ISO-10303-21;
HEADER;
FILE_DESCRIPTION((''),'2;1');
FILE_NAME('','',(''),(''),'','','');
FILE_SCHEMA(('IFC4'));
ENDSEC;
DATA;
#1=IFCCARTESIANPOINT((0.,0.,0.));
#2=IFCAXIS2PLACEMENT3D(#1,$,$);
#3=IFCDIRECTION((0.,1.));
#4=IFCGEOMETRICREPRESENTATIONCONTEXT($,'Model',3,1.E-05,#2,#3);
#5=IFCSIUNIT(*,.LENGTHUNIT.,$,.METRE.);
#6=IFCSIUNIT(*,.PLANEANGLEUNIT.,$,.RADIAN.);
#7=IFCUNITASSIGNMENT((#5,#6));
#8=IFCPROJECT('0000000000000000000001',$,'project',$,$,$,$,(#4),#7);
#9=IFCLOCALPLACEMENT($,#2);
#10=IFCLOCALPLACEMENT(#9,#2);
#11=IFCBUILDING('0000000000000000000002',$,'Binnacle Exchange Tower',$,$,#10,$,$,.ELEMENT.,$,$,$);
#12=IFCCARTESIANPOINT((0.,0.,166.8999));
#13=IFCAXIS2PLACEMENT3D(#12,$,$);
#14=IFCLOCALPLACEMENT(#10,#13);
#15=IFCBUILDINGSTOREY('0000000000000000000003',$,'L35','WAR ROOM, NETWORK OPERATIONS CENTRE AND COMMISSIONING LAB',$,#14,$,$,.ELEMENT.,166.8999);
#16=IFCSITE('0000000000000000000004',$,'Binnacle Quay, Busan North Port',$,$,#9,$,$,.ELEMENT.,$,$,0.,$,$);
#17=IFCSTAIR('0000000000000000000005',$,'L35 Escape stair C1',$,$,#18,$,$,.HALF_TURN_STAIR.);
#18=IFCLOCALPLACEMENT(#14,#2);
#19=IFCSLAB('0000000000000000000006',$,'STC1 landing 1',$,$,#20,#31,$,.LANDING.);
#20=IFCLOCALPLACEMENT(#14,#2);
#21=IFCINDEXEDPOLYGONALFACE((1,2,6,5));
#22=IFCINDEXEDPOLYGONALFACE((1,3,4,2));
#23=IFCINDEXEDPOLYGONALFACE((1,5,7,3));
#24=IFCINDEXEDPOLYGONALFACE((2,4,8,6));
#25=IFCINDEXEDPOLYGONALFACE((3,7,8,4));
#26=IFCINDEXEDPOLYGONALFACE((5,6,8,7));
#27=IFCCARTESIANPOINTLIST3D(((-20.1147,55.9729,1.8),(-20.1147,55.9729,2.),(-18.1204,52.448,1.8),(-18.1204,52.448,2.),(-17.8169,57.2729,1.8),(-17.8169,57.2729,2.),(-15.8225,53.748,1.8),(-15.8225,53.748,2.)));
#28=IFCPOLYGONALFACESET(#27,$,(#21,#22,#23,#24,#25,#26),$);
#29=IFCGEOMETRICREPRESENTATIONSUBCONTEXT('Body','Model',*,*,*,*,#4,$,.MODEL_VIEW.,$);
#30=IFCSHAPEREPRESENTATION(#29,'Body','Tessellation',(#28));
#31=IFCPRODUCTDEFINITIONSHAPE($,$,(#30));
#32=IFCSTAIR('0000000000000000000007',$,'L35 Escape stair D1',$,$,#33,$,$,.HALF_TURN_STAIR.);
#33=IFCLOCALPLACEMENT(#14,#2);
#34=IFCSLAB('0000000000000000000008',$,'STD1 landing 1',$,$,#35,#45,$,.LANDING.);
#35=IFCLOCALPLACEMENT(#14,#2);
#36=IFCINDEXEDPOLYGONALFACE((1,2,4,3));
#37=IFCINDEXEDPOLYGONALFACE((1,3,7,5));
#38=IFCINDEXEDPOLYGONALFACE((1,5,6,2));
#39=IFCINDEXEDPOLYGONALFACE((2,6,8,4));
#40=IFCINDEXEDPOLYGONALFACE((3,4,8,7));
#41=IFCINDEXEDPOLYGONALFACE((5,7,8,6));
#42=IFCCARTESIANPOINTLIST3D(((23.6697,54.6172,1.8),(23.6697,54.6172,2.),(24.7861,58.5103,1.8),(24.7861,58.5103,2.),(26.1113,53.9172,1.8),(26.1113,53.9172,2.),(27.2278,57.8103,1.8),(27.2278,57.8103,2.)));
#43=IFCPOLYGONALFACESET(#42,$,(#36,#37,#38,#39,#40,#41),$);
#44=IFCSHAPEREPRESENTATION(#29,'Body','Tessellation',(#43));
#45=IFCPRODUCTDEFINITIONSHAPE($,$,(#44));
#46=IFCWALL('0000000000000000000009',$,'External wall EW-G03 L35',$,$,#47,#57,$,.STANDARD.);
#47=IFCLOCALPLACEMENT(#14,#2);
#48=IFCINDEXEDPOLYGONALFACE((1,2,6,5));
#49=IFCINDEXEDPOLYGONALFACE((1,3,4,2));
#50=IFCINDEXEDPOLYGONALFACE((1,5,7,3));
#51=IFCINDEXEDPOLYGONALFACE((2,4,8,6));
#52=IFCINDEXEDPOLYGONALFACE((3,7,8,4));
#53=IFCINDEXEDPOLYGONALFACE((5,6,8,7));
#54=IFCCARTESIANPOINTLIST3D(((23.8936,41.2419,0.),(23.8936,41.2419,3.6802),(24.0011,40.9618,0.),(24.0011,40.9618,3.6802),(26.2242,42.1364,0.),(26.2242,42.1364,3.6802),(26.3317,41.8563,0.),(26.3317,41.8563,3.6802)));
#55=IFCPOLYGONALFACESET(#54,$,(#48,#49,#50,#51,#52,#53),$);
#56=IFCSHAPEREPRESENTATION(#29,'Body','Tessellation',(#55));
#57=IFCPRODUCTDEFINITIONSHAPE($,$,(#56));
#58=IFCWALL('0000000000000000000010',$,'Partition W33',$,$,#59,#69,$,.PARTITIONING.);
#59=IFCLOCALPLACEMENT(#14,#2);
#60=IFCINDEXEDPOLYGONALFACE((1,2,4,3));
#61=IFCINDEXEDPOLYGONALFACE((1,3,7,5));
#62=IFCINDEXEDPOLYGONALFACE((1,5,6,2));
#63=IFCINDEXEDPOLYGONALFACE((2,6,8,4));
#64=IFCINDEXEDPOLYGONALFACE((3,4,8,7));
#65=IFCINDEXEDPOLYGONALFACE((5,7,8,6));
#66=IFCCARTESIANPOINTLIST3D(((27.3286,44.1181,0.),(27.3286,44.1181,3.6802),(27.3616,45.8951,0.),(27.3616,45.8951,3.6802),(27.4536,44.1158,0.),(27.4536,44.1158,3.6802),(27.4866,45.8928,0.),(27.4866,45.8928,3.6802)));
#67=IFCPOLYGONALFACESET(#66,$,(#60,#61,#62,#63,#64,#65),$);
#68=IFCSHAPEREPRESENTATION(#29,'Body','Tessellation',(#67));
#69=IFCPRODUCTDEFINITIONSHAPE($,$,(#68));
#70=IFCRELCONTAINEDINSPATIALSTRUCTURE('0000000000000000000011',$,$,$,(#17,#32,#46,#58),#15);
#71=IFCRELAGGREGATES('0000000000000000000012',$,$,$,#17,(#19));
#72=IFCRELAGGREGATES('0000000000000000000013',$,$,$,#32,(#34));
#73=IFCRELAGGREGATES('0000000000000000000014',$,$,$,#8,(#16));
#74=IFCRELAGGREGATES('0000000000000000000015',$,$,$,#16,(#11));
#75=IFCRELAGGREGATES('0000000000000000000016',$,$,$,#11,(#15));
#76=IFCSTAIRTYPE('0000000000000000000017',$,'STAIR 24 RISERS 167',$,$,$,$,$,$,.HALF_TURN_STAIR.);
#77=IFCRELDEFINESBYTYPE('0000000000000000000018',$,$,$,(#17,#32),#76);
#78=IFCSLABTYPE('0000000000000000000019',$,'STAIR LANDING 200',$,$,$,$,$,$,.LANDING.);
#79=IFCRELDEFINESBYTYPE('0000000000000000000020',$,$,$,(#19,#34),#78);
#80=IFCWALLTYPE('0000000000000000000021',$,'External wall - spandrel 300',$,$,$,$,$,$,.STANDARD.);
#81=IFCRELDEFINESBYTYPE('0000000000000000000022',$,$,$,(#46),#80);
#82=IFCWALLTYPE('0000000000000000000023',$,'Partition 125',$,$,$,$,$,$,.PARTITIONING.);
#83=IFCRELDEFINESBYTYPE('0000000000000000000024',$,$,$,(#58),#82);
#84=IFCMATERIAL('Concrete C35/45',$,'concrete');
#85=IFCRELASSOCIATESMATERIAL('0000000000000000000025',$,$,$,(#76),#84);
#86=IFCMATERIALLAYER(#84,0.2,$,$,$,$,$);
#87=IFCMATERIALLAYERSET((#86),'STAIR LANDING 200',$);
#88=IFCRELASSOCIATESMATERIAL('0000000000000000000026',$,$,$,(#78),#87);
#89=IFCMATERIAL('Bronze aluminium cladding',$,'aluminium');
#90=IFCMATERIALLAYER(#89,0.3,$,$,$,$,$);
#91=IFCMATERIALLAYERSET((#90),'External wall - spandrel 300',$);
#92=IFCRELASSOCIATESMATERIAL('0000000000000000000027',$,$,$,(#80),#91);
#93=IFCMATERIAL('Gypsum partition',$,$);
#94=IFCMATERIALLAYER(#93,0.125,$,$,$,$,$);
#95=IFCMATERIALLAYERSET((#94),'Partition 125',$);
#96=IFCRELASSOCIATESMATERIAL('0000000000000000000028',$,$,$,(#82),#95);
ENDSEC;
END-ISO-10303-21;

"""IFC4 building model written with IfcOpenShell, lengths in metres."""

from ifc_helpers import new_model, si_unit, direction, frame, frame_2d, origin, place, context, subcontext, project, spatial, polyline, rectangle, outline, extrude, material, layer, layer_set, type_object, element, aggregate, save


model = new_model("IFC4")

# Units and contexts
model_context = context("Model", 3, precision=1e-05, world=origin(), true_north=direction((0.0, 1.0)))
body_context = subcontext(model_context, "Body", "Model", "MODEL_VIEW")
ifc_project = project(units=[si_unit("LENGTHUNIT", "METRE"), si_unit("PLANEANGLEUNIT", "RADIAN")], contexts=[model_context])

# Site, building, storey
site_placement = place(None, origin())
site = spatial("IfcSite", under=ifc_project, at=site_placement, Name="Binnacle Quay, Busan North Port", CompositionType="ELEMENT", RefElevation=0.0)
building_placement = place(site_placement, origin())
building = spatial("IfcBuilding", under=site, at=building_placement, Name="Binnacle Exchange Tower", CompositionType="ELEMENT")
storey_placement = place(building_placement, frame((0.0, 0.0, 166.8999)))
storey = spatial("IfcBuildingStorey", under=building, at=storey_placement, Name="L35", Description="WAR ROOM, NETWORK OPERATIONS CENTRE AND COMMISSIONING LAB", CompositionType="ELEMENT", Elevation=166.8999)

# Shared definitions
ifc_material_1 = material(Name="Concrete C35/45", Category="concrete")

# Stairs, slabs
stair_type = type_object("IfcStairType", Name="STAIR 24 RISERS 167", PredefinedType="HALF_TURN_STAIR", material=ifc_material_1)
ifc_layer_1 = layer(ifc_material_1, 0.2)
ifc_layer_set_1 = layer_set([ifc_layer_1], Name="STAIR LANDING 200")
slab_type_1 = type_object("IfcSlabType", Name="STAIR LANDING 200", PredefinedType="LANDING", material=ifc_layer_set_1)
stair_1_placement = place(storey_placement, origin())
stair_1 = element("IfcStair", 1, at=stair_1_placement, inside=storey, type_object=stair_type, Name="L35 Escape stair C1", PredefinedType="HALF_TURN_STAIR")
slab_1_placement = place(storey_placement, frame((0.0, 0.0, 1.8)))
slab_1 = element("IfcSlab", 2, at=slab_1_placement, type_object=slab_type_1, Name="STC1 landing 1", PredefinedType="LANDING", context=body_context, shape_type="SweptSolid", body=[
    extrude(outline(polyline([(-18.1204, 52.448), (-15.8225, 53.748), (-17.8169, 57.2729), (-20.1147, 55.9729), (-18.1204, 52.448)])), origin(), (0.0, 0.0, 1.0), 0.2),
])
aggregate(stair_1, [slab_1])
stair_2_placement = place(storey_placement, origin())
stair_2 = element("IfcStair", 3, at=stair_2_placement, inside=storey, type_object=stair_type, Name="L35 Escape stair D1", PredefinedType="HALF_TURN_STAIR")
slab_2_placement = place(storey_placement, frame((0.0, 0.0, 1.8)))
slab_2 = element("IfcSlab", 4, at=slab_2_placement, type_object=slab_type_1, Name="STD1 landing 1", PredefinedType="LANDING", context=body_context, shape_type="SweptSolid", body=[
    extrude(outline(polyline([(23.6697, 54.6172), (26.1113, 53.9172), (27.2278, 57.8103), (24.7861, 58.5103), (23.6697, 54.6172)])), origin(), (0.0, 0.0, 1.0), 0.2),
])
aggregate(stair_2, [slab_2])

# Shared definitions
ifc_material_2 = material(Name="Bronze aluminium cladding", Category="aluminium")
ifc_layer_2 = layer(ifc_material_2, 0.3)
ifc_layer_set_2 = layer_set([ifc_layer_2], Name="External wall - spandrel 300")
wall_type_1 = type_object("IfcWallType", Name="External wall - spandrel 300", PredefinedType="STANDARD", material=ifc_layer_set_2)

# Walls
wall_1_placement = place(storey_placement, frame((26.2778, 41.9963, 0.0), z_axis=(0.0, 0.0, 1.0), x_axis=(-0.933592, -0.358337, 0.0)))
element("IfcWall", 5, at=wall_1_placement, inside=storey, type_object=wall_type_1, Name="External wall EW-G03 L35", PredefinedType="STANDARD", context=body_context, shape_type="SweptSolid", body=[
    extrude(rectangle(XDim=2.4963, YDim=0.3, at=frame_2d((1.248, 0.0))), origin(), (0.0, 0.0, 1.0), 3.6802),
])
ifc_material_3 = material(Name="Gypsum partition")
ifc_layer_3 = layer(ifc_material_3, 0.125)
ifc_layer_set_3 = layer_set([ifc_layer_3], Name="Partition 125")
wall_type_2 = type_object("IfcWallType", Name="Partition 125", PredefinedType="PARTITIONING", material=ifc_layer_set_3)
wall_2_placement = place(storey_placement, frame((27.3911, 44.1169, 0.0), z_axis=(0.0, 0.0, 1.0), x_axis=(0.018543, 0.999828, 0.0)))
element("IfcWall", 6, at=wall_2_placement, inside=storey, type_object=wall_type_2, Name="Partition W33", PredefinedType="PARTITIONING", context=body_context, shape_type="SweptSolid", body=[
    extrude(rectangle(XDim=1.7773, YDim=0.125, at=frame_2d((0.8887, 0.0))), origin(), (0.0, 0.0, 1.0), 3.6802),
])

save(model, "model.ifc")
